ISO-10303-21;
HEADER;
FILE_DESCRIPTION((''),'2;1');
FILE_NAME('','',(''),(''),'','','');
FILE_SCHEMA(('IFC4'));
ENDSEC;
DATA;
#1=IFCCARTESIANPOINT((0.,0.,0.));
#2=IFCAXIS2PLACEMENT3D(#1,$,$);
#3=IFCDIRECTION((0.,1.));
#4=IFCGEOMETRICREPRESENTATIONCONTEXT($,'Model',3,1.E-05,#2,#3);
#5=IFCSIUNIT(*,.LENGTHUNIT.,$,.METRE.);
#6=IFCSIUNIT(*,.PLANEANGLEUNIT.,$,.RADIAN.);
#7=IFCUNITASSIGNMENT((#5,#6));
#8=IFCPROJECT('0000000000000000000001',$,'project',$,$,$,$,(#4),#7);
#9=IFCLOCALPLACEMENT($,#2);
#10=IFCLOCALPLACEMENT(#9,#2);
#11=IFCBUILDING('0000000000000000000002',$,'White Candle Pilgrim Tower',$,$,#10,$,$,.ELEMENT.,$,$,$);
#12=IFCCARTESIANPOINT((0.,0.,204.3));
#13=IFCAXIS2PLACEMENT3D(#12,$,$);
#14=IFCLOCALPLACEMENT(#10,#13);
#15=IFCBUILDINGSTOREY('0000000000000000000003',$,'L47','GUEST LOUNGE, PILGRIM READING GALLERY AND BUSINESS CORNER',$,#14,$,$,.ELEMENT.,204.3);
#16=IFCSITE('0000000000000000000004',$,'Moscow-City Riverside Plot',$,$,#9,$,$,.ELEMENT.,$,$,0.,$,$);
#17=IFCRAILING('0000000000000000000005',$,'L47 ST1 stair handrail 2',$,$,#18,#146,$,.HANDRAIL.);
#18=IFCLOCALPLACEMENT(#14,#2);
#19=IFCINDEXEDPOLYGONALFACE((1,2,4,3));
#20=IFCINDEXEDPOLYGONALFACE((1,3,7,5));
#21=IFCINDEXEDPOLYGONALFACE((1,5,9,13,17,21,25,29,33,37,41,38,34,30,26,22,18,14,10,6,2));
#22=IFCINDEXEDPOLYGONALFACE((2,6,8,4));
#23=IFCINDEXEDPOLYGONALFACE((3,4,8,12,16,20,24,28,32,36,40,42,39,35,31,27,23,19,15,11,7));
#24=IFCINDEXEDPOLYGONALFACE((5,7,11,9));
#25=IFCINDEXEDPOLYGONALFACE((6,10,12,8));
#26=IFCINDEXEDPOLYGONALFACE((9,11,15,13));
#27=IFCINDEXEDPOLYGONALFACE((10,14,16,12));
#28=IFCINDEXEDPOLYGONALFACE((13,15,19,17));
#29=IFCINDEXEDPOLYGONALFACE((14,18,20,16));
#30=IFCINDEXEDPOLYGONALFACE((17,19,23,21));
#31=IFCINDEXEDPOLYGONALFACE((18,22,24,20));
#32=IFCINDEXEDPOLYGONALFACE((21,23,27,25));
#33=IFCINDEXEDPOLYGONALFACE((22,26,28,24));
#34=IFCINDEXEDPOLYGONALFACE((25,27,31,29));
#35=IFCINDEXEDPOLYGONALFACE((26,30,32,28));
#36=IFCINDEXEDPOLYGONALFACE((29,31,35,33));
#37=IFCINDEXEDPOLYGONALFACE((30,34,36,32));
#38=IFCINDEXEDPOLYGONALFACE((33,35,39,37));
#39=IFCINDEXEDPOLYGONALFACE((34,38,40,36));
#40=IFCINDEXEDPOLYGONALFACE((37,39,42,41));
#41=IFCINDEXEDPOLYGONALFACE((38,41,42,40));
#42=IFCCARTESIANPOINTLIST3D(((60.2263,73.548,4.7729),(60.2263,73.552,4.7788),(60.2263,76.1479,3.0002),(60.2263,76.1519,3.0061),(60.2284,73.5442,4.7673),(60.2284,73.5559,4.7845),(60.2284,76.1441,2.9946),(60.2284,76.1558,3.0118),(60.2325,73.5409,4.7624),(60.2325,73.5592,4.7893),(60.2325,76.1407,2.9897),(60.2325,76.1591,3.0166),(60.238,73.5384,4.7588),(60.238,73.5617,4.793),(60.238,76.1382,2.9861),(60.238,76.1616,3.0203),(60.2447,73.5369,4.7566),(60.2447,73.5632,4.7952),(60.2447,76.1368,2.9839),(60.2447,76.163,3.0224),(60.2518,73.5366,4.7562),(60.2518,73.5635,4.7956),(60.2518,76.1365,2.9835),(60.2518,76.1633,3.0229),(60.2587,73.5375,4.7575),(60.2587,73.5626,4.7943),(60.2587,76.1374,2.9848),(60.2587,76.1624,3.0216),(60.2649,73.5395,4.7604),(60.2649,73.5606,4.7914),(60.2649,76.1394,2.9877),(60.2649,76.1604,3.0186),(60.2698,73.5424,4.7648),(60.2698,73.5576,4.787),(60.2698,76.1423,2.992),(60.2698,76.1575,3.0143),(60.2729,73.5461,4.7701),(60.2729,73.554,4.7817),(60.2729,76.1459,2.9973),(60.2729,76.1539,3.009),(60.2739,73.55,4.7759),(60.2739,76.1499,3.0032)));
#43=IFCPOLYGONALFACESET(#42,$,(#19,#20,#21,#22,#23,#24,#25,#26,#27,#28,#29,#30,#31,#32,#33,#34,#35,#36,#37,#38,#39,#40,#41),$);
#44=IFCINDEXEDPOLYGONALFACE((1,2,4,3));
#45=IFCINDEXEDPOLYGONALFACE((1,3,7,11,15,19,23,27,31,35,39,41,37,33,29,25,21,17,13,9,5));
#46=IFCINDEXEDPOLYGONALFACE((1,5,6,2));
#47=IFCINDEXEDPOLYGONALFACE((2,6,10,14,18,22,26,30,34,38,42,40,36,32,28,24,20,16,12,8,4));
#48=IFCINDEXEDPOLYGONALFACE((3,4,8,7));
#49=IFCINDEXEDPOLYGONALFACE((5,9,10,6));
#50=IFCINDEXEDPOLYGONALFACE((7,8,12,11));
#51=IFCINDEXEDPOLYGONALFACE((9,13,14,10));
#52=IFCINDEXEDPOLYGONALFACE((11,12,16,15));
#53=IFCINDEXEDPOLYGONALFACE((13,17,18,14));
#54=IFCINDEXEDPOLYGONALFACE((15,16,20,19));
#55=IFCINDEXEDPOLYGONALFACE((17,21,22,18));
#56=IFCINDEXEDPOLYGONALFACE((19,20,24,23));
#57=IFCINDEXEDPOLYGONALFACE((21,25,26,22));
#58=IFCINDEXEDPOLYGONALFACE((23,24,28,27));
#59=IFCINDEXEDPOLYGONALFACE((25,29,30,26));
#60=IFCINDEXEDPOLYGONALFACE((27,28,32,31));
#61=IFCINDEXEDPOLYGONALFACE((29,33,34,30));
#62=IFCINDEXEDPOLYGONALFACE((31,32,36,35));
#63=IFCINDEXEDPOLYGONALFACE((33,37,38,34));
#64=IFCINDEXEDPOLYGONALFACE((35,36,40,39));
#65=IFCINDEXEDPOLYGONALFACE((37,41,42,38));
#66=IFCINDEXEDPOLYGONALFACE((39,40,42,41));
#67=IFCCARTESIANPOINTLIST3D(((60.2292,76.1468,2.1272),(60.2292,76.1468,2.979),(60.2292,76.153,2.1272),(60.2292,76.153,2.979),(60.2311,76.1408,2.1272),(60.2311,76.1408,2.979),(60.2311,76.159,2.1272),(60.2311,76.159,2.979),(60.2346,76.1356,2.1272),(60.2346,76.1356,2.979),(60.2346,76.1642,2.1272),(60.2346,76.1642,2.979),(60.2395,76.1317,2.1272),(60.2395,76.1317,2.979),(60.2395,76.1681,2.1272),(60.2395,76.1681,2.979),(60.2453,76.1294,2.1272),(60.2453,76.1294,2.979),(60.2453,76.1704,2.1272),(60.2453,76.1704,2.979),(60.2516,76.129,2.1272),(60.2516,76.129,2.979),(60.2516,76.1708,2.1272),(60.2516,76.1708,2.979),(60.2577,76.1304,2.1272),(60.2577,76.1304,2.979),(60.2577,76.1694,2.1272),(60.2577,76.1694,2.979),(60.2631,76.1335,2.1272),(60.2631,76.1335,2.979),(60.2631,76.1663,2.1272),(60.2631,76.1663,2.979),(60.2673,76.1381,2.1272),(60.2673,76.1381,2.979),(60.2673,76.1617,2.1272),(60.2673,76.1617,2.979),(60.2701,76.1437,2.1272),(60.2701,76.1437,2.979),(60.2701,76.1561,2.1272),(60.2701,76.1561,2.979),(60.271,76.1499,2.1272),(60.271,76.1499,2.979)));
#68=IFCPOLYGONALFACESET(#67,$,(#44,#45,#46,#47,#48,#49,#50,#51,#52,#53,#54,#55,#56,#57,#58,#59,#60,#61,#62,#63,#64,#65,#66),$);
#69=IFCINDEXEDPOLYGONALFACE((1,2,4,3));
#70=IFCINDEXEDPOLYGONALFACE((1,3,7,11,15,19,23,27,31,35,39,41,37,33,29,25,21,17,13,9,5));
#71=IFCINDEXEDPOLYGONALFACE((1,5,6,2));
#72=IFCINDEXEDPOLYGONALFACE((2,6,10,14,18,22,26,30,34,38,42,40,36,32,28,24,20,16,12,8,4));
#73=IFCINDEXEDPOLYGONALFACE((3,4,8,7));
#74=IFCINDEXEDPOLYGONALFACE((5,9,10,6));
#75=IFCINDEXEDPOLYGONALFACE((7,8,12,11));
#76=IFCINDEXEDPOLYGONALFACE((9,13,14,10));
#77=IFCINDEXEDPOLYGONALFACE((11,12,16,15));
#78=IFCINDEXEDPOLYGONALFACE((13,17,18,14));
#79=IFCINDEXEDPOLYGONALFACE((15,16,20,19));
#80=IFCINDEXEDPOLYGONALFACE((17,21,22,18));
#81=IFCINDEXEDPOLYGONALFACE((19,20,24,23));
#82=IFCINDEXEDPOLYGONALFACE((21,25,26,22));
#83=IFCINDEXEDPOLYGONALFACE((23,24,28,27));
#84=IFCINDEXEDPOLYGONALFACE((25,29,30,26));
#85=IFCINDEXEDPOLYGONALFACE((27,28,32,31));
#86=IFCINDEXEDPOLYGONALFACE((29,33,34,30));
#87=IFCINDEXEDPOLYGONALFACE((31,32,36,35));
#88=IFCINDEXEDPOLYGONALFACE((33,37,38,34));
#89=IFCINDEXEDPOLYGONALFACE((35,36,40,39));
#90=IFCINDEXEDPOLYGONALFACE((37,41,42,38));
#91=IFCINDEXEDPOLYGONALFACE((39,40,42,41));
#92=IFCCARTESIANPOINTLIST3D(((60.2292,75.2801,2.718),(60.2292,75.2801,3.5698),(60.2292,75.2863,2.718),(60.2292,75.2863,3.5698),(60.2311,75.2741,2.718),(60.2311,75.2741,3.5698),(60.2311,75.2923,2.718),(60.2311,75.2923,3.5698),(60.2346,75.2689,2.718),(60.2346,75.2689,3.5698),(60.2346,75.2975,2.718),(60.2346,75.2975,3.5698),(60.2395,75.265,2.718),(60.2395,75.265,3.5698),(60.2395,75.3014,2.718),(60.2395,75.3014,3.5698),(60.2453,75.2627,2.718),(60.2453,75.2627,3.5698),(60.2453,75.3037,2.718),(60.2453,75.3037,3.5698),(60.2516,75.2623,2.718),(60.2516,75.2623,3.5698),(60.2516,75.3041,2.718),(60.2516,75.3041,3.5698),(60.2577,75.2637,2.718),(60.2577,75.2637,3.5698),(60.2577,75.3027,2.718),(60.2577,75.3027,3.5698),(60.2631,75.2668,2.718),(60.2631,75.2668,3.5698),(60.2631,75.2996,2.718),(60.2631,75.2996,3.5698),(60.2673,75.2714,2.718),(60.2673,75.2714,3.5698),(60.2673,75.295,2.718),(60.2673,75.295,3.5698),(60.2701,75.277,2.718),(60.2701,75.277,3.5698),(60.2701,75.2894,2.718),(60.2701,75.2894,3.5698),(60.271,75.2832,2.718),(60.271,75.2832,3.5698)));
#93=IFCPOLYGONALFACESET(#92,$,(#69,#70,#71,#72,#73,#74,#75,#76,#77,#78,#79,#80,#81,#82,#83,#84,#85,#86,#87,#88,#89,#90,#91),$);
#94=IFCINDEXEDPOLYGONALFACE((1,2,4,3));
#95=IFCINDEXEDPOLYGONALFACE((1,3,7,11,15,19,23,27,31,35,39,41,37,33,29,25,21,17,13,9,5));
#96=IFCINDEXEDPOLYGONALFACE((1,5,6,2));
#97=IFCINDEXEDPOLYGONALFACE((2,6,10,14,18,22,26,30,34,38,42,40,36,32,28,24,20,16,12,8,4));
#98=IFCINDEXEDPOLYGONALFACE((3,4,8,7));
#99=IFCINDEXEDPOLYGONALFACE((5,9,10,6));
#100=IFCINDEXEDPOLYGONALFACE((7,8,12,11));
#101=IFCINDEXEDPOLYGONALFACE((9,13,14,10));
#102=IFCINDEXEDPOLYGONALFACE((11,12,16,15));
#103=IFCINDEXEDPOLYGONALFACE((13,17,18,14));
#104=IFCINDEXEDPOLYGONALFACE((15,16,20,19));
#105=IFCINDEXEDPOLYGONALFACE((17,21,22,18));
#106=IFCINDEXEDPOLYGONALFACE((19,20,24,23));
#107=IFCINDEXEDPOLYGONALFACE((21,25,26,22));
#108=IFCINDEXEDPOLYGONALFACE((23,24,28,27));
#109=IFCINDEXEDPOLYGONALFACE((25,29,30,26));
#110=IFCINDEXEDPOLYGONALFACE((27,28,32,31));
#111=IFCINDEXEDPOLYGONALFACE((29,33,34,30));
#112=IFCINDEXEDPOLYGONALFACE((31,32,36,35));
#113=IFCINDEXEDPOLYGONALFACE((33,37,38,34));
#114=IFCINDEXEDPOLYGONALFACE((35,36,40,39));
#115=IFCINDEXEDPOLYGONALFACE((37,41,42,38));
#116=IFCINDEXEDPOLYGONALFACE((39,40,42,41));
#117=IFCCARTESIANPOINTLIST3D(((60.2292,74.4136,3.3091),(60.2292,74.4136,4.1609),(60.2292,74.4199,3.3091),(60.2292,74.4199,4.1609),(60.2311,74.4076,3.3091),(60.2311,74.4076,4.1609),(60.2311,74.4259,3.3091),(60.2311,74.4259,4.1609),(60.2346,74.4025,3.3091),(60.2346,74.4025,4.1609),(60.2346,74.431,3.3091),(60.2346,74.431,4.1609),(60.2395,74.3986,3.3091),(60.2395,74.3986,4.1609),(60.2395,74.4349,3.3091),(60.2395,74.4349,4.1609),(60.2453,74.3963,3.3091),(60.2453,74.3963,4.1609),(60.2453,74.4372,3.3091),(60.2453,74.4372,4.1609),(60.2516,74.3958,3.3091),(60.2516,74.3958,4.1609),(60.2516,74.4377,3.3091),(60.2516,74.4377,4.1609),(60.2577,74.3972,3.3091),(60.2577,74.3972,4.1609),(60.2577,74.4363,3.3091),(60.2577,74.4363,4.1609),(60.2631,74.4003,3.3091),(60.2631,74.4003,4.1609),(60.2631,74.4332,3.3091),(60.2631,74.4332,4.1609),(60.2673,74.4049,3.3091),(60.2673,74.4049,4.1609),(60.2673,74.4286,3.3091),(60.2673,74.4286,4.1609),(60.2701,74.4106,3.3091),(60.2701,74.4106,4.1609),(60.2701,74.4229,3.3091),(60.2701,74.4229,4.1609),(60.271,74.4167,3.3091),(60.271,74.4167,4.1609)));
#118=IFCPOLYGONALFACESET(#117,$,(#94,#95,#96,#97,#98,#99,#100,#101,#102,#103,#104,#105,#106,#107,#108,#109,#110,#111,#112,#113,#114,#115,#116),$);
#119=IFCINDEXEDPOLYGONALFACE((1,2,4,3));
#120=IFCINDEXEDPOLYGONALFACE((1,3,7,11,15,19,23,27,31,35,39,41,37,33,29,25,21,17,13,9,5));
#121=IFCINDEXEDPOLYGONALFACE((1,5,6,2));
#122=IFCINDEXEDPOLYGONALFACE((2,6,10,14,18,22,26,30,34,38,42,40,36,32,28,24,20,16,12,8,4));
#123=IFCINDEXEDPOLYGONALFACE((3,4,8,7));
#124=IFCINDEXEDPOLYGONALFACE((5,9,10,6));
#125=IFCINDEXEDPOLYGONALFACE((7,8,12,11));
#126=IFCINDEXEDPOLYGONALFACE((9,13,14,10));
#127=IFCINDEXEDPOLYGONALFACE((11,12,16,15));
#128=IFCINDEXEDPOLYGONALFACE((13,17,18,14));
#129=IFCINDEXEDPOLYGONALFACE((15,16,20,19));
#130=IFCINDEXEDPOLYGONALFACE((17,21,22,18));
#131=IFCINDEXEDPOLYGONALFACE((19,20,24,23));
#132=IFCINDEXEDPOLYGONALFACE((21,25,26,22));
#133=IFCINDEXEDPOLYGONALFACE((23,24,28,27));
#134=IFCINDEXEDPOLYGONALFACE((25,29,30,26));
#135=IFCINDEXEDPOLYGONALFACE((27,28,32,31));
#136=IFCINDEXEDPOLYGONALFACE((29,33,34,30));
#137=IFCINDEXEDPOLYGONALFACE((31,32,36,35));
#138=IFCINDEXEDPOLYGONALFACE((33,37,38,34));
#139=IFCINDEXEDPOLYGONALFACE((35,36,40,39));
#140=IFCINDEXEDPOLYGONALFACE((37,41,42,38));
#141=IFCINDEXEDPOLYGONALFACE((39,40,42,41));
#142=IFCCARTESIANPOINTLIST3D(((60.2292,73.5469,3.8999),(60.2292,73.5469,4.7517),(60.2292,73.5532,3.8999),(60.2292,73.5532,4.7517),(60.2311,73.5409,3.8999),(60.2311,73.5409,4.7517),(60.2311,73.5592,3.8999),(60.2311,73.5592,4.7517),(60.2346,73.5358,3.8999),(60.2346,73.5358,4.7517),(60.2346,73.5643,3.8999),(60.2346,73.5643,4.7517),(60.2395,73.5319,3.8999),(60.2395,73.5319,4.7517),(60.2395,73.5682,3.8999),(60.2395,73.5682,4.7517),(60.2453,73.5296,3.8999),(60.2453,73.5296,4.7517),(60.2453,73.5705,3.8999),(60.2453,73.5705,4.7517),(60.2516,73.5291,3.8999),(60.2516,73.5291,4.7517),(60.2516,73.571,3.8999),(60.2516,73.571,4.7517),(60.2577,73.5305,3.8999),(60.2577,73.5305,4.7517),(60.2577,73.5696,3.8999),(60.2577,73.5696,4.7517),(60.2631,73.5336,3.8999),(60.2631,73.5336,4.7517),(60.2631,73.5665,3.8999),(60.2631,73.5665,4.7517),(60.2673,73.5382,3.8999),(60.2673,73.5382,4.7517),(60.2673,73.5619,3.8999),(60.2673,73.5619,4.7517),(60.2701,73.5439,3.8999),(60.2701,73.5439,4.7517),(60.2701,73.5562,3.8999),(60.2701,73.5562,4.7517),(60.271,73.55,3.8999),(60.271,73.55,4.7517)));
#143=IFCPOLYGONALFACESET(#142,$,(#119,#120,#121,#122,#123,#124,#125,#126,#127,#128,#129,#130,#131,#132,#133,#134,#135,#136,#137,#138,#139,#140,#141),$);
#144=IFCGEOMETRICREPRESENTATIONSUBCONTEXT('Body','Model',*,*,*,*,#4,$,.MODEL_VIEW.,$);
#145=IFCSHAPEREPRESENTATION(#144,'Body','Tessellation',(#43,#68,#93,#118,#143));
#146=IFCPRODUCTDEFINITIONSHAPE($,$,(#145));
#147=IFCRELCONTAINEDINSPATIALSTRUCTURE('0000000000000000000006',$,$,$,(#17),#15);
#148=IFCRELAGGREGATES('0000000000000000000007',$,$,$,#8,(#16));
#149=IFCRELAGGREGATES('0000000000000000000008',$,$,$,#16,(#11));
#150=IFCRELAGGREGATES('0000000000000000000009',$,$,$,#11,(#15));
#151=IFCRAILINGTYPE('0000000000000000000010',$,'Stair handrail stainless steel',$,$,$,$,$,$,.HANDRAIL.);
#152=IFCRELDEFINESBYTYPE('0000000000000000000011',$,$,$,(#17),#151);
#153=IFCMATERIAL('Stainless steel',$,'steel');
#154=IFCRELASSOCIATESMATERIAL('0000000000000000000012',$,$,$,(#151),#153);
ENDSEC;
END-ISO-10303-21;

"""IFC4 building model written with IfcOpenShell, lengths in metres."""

from ifc_helpers import new_model, si_unit, direction, frame, origin, origin_2d, place, context, subcontext, project, spatial, circle, extrude, material, type_object, element, save


model = new_model("IFC4")

# Units and contexts
model_context = context("Model", 3, precision=1e-05, world=origin(), true_north=direction((0.0, 1.0)))
body_context = subcontext(model_context, "Body", "Model", "MODEL_VIEW")
ifc_project = project(units=[si_unit("LENGTHUNIT", "METRE"), si_unit("PLANEANGLEUNIT", "RADIAN")], contexts=[model_context])

# Site, building, storey
site_placement = place(None, origin())
site = spatial("IfcSite", under=ifc_project, at=site_placement, Name="Moscow-City Riverside Plot", CompositionType="ELEMENT", RefElevation=0.0)
building_placement = place(site_placement, origin())
building = spatial("IfcBuilding", under=site, at=building_placement, Name="White Candle Pilgrim Tower", CompositionType="ELEMENT")
storey_placement = place(building_placement, frame((0.0, 0.0, 204.3)))
storey = spatial("IfcBuildingStorey", under=building, at=storey_placement, Name="L47", Description="GUEST LOUNGE, PILGRIM READING GALLERY AND BUSINESS CORNER", CompositionType="ELEMENT", Elevation=204.3)

# Shared definitions
ifc_material_1 = material(Name="Stainless steel", Category="steel")

# Railing
railing_type_1 = type_object("IfcRailingType", Name="Stair handrail stainless steel", PredefinedType="HANDRAIL", material=ifc_material_1)
railing_1_placement = place(storey_placement, frame((60.25, 76.1499, 2.1272)))
element("IfcRailing", 1, at=railing_1_placement, inside=storey, type_object=railing_type_1, Name="L47 ST1 stair handrail 2", PredefinedType="HANDRAIL", context=body_context, shape_type="SweptSolid", body=[
    extrude(circle(Radius=0.0239, at=origin_2d()), frame((0.0, 0.0, 0.876), z_axis=(0.0, -0.826216, 0.563354), x_axis=(1.0, 0.0, 0.0)), (0.0, 0.0, 1.0), 3.1467),
    extrude(circle(Radius=0.021, at=origin_2d()), origin(), (0.0, 0.0, 1.0), 0.8518),
    extrude(circle(Radius=0.021, at=origin_2d()), frame((0.0, -0.8667, 0.5908)), (0.0, 0.0, 1.0), 0.8518),
    extrude(circle(Radius=0.021, at=origin_2d()), frame((0.0, -1.7332, 1.1819)), (0.0, 0.0, 1.0), 0.8518),
    extrude(circle(Radius=0.021, at=origin_2d()), frame((0.0, -2.5999, 1.7727)), (0.0, 0.0, 1.0), 0.8518),
])

save(model, "model.ifc")
